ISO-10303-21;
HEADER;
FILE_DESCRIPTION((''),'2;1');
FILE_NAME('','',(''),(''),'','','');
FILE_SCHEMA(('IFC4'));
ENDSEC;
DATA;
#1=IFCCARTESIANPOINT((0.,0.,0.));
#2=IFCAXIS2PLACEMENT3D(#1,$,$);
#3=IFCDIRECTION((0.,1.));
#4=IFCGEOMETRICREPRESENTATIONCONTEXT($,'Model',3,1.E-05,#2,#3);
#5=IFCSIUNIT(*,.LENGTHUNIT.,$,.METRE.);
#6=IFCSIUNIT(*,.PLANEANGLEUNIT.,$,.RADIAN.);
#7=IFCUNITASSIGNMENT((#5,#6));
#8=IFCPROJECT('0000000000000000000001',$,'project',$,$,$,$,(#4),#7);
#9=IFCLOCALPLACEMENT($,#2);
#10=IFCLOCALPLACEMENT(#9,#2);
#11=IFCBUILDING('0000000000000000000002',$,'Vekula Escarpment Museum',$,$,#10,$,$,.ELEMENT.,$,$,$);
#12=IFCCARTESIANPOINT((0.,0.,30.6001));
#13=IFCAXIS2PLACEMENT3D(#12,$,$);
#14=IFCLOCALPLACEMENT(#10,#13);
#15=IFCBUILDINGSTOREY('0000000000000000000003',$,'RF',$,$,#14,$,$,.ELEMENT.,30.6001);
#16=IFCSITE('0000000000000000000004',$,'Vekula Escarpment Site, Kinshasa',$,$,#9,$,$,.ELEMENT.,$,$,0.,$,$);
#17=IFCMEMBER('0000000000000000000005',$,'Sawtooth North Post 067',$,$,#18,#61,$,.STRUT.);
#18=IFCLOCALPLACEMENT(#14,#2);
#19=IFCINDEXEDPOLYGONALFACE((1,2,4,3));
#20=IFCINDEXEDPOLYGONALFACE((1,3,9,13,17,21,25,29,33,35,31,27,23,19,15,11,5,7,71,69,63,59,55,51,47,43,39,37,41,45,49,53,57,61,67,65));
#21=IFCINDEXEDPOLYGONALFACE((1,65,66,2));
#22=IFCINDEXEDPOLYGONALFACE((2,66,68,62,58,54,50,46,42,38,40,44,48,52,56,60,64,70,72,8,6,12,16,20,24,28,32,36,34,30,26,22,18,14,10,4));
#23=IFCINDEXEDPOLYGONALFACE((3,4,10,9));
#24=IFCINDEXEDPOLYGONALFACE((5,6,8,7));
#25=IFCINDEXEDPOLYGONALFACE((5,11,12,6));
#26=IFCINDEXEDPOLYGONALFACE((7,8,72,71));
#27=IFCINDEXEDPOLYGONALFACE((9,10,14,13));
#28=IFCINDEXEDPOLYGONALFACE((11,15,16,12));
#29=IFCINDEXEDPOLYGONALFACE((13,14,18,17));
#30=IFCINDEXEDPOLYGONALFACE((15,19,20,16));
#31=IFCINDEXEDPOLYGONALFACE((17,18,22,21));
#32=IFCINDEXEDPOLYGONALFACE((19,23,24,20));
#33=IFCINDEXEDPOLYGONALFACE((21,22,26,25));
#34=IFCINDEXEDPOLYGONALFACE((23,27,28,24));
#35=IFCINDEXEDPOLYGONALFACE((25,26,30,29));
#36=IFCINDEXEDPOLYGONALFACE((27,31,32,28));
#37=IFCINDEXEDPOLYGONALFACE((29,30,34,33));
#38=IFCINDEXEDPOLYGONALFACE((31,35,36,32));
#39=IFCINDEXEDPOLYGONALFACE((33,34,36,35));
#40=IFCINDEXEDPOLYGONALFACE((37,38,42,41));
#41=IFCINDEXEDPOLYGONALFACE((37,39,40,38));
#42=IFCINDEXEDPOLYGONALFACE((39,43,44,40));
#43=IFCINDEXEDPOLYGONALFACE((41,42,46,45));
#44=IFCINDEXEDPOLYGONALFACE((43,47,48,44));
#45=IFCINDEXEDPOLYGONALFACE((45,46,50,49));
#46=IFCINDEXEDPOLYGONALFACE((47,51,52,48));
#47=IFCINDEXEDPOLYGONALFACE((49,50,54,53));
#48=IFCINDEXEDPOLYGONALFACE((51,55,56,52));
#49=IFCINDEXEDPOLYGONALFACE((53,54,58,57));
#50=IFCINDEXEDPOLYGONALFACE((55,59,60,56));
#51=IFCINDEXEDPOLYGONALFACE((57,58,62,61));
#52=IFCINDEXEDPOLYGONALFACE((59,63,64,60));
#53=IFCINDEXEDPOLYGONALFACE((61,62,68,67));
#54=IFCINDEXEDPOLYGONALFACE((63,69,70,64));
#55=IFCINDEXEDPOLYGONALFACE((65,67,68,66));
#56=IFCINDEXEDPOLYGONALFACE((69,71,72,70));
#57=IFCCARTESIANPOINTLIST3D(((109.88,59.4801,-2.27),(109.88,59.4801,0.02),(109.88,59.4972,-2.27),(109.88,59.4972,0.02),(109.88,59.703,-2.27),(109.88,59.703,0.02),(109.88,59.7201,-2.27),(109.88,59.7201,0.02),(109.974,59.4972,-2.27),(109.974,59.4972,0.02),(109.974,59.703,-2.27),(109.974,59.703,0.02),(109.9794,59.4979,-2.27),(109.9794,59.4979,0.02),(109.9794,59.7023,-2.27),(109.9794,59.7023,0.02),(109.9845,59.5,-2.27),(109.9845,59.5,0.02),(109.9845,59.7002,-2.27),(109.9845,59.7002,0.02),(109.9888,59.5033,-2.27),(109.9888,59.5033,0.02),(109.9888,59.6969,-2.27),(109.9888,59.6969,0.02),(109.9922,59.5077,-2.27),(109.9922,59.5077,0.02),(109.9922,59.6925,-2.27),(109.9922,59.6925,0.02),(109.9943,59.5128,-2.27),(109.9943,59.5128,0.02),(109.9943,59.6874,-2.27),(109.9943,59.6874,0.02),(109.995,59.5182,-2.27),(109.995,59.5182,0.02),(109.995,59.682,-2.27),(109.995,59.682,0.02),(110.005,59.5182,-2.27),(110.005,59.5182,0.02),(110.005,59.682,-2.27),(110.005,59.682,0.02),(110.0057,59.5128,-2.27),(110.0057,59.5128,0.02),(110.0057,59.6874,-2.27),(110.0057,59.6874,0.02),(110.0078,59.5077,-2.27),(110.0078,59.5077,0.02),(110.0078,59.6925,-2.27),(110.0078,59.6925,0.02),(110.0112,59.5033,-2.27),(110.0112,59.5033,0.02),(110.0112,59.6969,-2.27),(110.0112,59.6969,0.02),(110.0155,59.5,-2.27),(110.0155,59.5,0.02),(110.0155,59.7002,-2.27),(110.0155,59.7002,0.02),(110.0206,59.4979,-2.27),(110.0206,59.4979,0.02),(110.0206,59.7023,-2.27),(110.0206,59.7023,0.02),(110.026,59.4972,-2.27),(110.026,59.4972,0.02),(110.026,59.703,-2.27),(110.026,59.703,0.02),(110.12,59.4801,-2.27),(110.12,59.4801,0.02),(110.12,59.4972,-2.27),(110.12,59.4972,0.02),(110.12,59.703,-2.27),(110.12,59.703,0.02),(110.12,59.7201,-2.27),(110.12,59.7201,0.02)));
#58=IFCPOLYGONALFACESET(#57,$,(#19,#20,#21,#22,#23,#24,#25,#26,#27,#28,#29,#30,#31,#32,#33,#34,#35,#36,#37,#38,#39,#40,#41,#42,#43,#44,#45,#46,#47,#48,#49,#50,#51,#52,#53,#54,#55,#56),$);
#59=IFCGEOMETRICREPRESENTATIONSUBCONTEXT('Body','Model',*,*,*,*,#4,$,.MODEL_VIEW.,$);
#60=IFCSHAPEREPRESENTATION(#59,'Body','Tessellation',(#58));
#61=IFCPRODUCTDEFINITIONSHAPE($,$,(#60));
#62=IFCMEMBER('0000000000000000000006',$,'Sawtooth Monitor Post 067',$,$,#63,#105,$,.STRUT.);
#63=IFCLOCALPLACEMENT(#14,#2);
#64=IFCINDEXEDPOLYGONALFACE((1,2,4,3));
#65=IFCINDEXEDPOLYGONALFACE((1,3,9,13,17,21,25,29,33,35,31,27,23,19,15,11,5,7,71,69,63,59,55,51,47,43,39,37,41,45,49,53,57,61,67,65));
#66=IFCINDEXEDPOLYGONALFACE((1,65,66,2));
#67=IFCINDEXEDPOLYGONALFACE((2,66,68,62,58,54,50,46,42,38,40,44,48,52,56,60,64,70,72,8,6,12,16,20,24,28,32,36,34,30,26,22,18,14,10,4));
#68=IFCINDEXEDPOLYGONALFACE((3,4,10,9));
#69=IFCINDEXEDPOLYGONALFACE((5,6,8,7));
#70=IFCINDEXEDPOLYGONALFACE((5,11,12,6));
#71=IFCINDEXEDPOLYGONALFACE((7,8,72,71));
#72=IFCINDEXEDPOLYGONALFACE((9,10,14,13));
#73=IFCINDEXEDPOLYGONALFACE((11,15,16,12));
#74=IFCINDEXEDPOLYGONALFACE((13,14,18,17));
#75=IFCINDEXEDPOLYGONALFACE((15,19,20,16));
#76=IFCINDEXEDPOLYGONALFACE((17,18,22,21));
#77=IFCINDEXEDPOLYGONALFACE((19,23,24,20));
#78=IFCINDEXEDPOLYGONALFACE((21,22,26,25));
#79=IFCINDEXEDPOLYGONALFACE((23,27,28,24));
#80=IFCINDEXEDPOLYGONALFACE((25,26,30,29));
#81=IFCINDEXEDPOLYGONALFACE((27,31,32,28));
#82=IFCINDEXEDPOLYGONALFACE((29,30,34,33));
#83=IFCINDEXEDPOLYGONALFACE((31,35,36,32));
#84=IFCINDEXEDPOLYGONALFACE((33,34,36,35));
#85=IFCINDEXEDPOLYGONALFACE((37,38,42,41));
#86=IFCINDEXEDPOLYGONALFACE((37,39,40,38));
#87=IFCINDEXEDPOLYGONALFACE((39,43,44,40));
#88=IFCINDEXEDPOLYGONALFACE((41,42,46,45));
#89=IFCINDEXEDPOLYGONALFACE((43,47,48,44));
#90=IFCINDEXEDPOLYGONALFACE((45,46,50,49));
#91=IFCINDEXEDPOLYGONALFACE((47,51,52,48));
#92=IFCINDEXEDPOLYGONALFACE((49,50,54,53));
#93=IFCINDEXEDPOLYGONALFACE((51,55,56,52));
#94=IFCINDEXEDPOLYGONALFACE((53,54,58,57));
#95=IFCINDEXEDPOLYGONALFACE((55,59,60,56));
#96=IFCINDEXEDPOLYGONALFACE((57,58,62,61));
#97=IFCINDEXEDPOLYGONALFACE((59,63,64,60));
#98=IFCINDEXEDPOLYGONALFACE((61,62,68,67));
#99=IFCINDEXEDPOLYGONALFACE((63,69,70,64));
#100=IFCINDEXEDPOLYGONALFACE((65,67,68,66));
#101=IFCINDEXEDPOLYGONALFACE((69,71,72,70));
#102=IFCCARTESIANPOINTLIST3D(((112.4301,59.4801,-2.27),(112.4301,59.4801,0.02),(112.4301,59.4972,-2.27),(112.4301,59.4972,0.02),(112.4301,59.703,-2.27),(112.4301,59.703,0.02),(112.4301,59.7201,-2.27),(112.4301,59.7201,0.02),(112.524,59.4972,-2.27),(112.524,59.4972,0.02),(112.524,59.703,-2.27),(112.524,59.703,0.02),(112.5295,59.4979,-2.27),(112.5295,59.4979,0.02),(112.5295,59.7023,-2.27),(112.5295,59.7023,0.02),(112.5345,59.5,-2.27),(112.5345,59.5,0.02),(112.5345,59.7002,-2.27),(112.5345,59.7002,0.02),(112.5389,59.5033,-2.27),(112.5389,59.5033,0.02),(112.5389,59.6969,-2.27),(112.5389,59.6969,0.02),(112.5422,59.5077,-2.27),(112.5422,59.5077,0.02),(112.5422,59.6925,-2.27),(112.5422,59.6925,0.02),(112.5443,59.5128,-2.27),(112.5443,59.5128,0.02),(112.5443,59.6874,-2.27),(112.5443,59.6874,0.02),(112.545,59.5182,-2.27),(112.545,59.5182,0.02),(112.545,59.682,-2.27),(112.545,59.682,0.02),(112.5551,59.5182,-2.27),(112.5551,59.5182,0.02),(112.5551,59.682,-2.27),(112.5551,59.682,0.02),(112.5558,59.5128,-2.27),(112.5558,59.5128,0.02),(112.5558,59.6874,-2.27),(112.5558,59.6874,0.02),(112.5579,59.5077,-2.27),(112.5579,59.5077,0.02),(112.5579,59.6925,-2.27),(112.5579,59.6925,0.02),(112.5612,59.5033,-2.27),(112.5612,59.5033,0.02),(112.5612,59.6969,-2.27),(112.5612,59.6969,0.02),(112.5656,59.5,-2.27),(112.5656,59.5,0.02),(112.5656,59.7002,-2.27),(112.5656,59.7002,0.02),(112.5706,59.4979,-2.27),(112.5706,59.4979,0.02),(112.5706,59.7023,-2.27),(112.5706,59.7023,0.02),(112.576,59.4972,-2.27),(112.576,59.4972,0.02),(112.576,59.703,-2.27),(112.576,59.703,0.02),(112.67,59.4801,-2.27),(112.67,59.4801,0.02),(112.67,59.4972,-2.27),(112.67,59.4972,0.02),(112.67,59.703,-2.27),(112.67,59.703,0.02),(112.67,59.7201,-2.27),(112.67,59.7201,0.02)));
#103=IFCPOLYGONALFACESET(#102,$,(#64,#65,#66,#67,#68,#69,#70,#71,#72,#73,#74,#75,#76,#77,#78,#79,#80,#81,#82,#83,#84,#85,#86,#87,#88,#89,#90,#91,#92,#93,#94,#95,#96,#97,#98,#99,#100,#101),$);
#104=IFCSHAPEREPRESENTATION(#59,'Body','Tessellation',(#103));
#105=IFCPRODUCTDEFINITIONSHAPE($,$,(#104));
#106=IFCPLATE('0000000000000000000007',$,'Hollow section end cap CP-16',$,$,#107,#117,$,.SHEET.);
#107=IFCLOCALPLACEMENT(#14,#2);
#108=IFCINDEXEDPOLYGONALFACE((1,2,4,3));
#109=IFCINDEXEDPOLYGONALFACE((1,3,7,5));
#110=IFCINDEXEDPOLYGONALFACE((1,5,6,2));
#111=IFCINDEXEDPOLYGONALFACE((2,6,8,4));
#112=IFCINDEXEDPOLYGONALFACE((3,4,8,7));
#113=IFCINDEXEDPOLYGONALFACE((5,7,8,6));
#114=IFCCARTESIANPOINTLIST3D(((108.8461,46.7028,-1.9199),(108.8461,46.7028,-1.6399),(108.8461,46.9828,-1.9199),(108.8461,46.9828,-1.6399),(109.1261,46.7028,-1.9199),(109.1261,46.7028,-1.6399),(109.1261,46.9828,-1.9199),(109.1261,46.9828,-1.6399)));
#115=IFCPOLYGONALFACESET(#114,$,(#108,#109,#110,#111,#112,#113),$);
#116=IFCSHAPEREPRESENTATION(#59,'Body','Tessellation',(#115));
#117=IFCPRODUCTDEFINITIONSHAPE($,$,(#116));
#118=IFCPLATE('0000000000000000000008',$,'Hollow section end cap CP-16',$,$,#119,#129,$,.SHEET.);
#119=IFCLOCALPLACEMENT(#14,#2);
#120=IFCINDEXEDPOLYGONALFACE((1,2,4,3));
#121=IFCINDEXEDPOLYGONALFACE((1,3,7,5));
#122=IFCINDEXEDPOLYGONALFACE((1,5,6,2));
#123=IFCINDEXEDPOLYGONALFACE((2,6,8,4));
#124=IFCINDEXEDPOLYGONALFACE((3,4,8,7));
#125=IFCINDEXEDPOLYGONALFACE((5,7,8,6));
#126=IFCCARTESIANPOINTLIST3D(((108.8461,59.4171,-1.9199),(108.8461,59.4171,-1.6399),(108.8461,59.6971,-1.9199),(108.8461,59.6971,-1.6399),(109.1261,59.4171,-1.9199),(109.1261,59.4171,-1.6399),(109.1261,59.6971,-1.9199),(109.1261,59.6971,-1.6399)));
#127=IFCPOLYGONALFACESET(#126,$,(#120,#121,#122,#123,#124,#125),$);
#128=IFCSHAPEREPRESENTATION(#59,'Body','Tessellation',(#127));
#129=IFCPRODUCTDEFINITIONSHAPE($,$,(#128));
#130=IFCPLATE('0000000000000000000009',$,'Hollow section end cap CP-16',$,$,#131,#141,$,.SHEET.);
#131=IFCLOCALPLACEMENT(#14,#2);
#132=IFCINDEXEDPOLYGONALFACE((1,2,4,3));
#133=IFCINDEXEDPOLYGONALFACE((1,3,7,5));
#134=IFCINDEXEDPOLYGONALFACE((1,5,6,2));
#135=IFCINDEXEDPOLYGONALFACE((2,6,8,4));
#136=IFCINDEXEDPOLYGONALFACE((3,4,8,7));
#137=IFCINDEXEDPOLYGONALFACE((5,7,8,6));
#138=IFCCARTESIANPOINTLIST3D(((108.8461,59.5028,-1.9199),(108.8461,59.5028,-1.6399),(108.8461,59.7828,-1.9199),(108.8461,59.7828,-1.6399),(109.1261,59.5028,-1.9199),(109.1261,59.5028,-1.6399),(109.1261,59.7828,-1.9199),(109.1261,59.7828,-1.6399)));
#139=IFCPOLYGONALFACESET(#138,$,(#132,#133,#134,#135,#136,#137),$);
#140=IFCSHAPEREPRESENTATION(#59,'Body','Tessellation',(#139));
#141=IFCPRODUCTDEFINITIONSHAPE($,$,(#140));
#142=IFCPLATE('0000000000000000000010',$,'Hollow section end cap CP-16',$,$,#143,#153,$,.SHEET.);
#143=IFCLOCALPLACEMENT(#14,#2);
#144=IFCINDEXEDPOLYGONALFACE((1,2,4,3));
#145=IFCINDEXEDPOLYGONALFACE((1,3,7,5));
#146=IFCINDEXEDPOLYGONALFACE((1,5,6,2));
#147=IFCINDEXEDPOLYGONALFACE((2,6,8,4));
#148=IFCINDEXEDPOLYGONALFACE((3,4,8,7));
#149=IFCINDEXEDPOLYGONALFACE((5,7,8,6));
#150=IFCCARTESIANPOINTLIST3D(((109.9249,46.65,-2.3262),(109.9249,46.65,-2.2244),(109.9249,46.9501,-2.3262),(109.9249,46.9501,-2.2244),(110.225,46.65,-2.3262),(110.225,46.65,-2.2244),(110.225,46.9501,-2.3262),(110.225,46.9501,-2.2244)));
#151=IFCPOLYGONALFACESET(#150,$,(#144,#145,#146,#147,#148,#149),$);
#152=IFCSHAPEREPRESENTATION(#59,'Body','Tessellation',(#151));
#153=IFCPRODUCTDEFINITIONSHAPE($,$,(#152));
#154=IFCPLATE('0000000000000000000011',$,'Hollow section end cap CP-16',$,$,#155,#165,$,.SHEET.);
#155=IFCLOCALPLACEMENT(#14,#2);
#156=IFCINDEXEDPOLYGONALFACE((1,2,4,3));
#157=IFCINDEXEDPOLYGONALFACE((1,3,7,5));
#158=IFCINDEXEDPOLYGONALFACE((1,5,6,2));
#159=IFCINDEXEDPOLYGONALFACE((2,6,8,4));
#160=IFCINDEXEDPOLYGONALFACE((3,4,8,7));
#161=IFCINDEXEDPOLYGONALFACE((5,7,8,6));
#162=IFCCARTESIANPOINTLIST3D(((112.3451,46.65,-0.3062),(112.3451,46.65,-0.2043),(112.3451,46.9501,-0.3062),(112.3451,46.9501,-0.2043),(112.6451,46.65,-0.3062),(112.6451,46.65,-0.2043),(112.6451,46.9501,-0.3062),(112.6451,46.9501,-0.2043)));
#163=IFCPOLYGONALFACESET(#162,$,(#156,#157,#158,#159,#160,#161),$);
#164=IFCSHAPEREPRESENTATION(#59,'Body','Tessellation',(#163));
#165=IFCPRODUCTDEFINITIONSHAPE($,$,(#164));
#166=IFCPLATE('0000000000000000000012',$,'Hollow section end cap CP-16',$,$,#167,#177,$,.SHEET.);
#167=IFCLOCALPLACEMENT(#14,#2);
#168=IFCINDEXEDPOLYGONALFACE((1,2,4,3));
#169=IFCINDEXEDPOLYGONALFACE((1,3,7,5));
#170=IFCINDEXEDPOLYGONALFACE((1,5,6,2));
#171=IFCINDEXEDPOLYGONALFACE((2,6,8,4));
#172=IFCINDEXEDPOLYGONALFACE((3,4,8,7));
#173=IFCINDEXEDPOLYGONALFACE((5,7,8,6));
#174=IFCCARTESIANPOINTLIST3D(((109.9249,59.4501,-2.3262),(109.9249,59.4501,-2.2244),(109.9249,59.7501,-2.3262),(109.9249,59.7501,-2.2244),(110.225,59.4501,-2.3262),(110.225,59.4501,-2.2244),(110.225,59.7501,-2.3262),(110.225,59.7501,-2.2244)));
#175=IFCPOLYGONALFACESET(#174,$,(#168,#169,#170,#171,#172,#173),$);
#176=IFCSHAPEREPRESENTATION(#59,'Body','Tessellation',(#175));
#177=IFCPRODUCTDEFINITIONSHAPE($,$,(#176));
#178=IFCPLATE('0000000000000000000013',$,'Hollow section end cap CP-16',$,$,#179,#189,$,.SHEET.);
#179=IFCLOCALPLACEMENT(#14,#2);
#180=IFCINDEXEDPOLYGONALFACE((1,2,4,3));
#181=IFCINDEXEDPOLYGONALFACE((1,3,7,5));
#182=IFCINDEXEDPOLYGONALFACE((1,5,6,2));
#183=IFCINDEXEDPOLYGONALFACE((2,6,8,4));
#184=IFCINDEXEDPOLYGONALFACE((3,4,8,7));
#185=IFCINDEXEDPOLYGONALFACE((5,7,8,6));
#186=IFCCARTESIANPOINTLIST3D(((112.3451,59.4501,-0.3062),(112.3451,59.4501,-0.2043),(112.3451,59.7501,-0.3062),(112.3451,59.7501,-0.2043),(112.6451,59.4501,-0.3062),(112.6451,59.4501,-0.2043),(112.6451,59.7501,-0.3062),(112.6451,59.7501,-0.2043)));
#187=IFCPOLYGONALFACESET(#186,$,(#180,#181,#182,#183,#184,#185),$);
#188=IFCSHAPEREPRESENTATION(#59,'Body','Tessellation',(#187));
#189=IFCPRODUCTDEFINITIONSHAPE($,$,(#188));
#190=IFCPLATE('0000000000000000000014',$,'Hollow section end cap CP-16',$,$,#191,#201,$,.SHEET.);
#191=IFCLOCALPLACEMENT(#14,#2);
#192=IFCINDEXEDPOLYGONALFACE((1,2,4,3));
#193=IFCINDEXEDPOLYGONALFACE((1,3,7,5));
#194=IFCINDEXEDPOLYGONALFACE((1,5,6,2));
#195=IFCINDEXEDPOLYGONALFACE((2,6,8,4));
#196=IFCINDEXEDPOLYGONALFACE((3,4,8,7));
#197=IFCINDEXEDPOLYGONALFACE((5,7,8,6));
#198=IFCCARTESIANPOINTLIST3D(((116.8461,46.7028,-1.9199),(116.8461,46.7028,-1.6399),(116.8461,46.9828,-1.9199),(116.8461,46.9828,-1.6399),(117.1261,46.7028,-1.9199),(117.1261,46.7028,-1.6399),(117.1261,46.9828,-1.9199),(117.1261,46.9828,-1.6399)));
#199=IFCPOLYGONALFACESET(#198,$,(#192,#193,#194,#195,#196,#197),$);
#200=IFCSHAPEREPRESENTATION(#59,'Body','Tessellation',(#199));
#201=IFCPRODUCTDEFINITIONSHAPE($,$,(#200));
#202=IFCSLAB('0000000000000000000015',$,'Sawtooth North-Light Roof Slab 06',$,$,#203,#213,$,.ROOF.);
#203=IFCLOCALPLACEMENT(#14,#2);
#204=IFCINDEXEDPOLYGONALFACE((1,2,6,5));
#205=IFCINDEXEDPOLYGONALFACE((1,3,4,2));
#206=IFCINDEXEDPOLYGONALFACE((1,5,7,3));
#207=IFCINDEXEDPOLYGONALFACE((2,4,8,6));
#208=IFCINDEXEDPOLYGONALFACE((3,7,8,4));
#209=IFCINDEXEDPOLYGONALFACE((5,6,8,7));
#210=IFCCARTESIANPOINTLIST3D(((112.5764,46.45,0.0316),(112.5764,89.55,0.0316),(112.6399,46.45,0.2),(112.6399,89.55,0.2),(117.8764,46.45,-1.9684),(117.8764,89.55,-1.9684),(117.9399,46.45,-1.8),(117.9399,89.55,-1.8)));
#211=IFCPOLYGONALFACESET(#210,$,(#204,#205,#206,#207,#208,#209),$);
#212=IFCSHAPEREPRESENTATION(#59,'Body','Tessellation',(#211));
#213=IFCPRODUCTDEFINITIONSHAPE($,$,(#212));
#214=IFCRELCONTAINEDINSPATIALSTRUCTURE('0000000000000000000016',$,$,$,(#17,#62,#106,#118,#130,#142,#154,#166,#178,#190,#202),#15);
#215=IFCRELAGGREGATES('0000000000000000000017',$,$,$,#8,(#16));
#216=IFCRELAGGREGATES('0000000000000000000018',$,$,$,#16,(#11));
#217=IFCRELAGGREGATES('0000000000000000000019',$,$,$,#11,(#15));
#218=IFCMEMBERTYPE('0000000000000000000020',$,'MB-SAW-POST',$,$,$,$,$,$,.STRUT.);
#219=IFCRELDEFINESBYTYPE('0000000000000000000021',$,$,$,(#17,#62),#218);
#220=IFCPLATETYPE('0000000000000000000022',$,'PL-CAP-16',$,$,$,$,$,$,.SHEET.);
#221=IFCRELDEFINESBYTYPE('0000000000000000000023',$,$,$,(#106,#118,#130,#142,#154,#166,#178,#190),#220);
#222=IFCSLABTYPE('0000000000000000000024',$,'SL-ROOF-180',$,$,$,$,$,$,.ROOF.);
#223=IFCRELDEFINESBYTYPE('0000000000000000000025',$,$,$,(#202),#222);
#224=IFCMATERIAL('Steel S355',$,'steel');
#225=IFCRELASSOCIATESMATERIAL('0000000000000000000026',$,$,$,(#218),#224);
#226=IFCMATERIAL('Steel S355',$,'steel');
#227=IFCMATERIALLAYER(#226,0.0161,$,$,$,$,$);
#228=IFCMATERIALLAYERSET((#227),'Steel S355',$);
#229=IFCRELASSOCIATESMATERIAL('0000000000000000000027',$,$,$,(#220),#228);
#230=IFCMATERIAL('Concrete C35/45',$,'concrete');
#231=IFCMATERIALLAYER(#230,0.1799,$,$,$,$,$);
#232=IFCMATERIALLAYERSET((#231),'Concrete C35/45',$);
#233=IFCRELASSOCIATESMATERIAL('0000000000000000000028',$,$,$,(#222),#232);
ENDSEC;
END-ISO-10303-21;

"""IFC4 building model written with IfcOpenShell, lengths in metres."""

from ifc_helpers import new_model, si_unit, direction, frame, origin, origin_2d, place, context, subcontext, project, spatial, polyline, rectangle, i_section, outline, extrude, material, layer, layer_set, material_profile, profile_set, type_object, element, save


model = new_model("IFC4")

# Units and contexts
model_context = context("Model", 3, precision=1e-05, world=origin(), true_north=direction((0.0, 1.0)))
body_context = subcontext(model_context, "Body", "Model", "MODEL_VIEW")
ifc_project = project(units=[si_unit("LENGTHUNIT", "METRE"), si_unit("PLANEANGLEUNIT", "RADIAN")], contexts=[model_context])

# Site, building, storey
site_placement = place(None, origin())
site = spatial("IfcSite", under=ifc_project, at=site_placement, Name="Vekula Escarpment Site, Kinshasa", CompositionType="ELEMENT", RefElevation=0.0)
building_placement = place(site_placement, origin())
building = spatial("IfcBuilding", under=site, at=building_placement, Name="Vekula Escarpment Museum", CompositionType="ELEMENT")
storey_placement = place(building_placement, frame((0.0, 0.0, 30.6001)))
storey = spatial("IfcBuildingStorey", under=building, at=storey_placement, Name="RF", CompositionType="ELEMENT", Elevation=30.6001)

# Members
ifc_material_1 = material(Name="Steel S355", Category="steel")
ifc_material_profile_1 = material_profile(ifc_material_1, i_section(OverallWidth=0.24, OverallDepth=0.24, WebThickness=0.01, FlangeThickness=0.0171, FilletRadius=0.021, at=origin_2d()), Name="HEB 240")
ifc_profile_set_1 = profile_set([ifc_material_profile_1], Name="Steel S355")
member_type_1 = type_object("IfcMemberType", Name="MB-SAW-POST", PredefinedType="STRUT", material=ifc_profile_set_1)
for number, where, z_axis, x_axis, name in (
    (1, (110.0, 59.6001, -2.27), (0.0, 0.0, 1.0), (1.0, 0.0, 0.0), "Sawtooth North Post 067"),
    (2, (112.55, 59.6001, -2.27), (0.0, 0.0, 1.0), (1.0, 0.0, 0.0), "Sawtooth Monitor Post 067"),
):
    element("IfcMember", number, at=place(storey_placement, frame(where, z_axis=z_axis, x_axis=x_axis)), inside=storey, type_object=member_type_1, Name=name, PredefinedType="STRUT", context=body_context, shape_type="SweptSolid", body=[
        extrude(i_section(OverallWidth=0.24, OverallDepth=0.24, WebThickness=0.01, FlangeThickness=0.0171, FilletRadius=0.021, at=origin_2d()), origin(), (0.0, 0.0, 1.0), 2.29),
    ])

# Plates
ifc_material_2 = material(Name="Steel S355", Category="steel")
ifc_layer_1 = layer(ifc_material_2, 0.0161)
ifc_layer_set_1 = layer_set([ifc_layer_1], Name="Steel S355")
plate_type = type_object("IfcPlateType", Name="PL-CAP-16", PredefinedType="SHEET", material=ifc_layer_set_1)
for number, where, z_axis, x_axis, name in (
    (3, (108.9861, 46.8428, -1.9199), (0.0, 0.0, 1.0), (1.0, 0.0, 0.0), "Hollow section end cap CP-16"),
    (4, (108.9861, 59.5571, -1.9199), (0.0, 0.0, 1.0), (1.0, 0.0, 0.0), "Hollow section end cap CP-16"),
    (5, (108.9861, 59.6428, -1.9199), (0.0, 0.0, 1.0), (1.0, 0.0, 0.0), "Hollow section end cap CP-16"),
):
    element("IfcPlate", number, at=place(storey_placement, frame(where, z_axis=z_axis, x_axis=x_axis)), inside=storey, type_object=plate_type, Name=name, PredefinedType="SHEET", context=body_context, shape_type="SweptSolid", body=[
        extrude(rectangle(XDim=0.28, YDim=0.28, at=origin_2d()), origin(), (0.0, 0.0, 1.0), 0.28),
    ])
for number, where, z_axis, x_axis, name in (
    (6, (110.075, 46.8, -2.3262), (0.0, 0.0, 1.0), (1.0, 0.0, 0.0), "Hollow section end cap CP-16"),
    (7, (112.4951, 46.8, -0.3062), (0.0, 0.0, 1.0), (1.0, 0.0, 0.0), "Hollow section end cap CP-16"),
    (8, (110.075, 59.6001, -2.3262), (0.0, 0.0, 1.0), (1.0, 0.0, 0.0), "Hollow section end cap CP-16"),
    (9, (112.4951, 59.6001, -0.3062), (0.0, 0.0, 1.0), (1.0, 0.0, 0.0), "Hollow section end cap CP-16"),
):
    element("IfcPlate", number, at=place(storey_placement, frame(where, z_axis=z_axis, x_axis=x_axis)), inside=storey, type_object=plate_type, Name=name, PredefinedType="SHEET", context=body_context, shape_type="SweptSolid", body=[
        extrude(rectangle(XDim=0.3, YDim=0.3, at=origin_2d()), origin(), (0.0, 0.0, 1.0), 0.1018),
    ])
plate_placement = place(storey_placement, frame((116.9861, 46.8428, -1.9199), z_axis=(0.0, 0.0, 1.0), x_axis=(1.0, 0.0, 0.0)))
element("IfcPlate", 10, at=plate_placement, inside=storey, type_object=plate_type, Name="Hollow section end cap CP-16", PredefinedType="SHEET", context=body_context, shape_type="SweptSolid", body=[
    extrude(rectangle(XDim=0.28, YDim=0.28, at=origin_2d()), origin(), (0.0, 0.0, 1.0), 0.28),
])

# Slab
ifc_material_3 = material(Name="Concrete C35/45", Category="concrete")
ifc_layer_2 = layer(ifc_material_3, 0.1799)
ifc_layer_set_2 = layer_set([ifc_layer_2], Name="Concrete C35/45")
slab_type = type_object("IfcSlabType", Name="SL-ROOF-180", PredefinedType="ROOF", material=ifc_layer_set_2)
slab_placement = place(storey_placement, frame((112.6399, 46.45, 0.2), z_axis=(0.353054, 0.0, 0.935603), x_axis=(0.935603, 0.0, -0.353054)))
element("IfcSlab", 11, at=slab_placement, inside=storey, type_object=slab_type, Name="Sawtooth North-Light Roof Slab 06", PredefinedType="ROOF", context=body_context, shape_type="SweptSolid", body=[
    extrude(outline(polyline([(0.0, 0.0), (5.6648, 0.0), (5.6648, 43.1001), (0.0, 43.1001), (0.0, 0.0)])), origin(), (0.0, 0.0, -1.0), 0.1799),
])

save(model, "model.ifc")
